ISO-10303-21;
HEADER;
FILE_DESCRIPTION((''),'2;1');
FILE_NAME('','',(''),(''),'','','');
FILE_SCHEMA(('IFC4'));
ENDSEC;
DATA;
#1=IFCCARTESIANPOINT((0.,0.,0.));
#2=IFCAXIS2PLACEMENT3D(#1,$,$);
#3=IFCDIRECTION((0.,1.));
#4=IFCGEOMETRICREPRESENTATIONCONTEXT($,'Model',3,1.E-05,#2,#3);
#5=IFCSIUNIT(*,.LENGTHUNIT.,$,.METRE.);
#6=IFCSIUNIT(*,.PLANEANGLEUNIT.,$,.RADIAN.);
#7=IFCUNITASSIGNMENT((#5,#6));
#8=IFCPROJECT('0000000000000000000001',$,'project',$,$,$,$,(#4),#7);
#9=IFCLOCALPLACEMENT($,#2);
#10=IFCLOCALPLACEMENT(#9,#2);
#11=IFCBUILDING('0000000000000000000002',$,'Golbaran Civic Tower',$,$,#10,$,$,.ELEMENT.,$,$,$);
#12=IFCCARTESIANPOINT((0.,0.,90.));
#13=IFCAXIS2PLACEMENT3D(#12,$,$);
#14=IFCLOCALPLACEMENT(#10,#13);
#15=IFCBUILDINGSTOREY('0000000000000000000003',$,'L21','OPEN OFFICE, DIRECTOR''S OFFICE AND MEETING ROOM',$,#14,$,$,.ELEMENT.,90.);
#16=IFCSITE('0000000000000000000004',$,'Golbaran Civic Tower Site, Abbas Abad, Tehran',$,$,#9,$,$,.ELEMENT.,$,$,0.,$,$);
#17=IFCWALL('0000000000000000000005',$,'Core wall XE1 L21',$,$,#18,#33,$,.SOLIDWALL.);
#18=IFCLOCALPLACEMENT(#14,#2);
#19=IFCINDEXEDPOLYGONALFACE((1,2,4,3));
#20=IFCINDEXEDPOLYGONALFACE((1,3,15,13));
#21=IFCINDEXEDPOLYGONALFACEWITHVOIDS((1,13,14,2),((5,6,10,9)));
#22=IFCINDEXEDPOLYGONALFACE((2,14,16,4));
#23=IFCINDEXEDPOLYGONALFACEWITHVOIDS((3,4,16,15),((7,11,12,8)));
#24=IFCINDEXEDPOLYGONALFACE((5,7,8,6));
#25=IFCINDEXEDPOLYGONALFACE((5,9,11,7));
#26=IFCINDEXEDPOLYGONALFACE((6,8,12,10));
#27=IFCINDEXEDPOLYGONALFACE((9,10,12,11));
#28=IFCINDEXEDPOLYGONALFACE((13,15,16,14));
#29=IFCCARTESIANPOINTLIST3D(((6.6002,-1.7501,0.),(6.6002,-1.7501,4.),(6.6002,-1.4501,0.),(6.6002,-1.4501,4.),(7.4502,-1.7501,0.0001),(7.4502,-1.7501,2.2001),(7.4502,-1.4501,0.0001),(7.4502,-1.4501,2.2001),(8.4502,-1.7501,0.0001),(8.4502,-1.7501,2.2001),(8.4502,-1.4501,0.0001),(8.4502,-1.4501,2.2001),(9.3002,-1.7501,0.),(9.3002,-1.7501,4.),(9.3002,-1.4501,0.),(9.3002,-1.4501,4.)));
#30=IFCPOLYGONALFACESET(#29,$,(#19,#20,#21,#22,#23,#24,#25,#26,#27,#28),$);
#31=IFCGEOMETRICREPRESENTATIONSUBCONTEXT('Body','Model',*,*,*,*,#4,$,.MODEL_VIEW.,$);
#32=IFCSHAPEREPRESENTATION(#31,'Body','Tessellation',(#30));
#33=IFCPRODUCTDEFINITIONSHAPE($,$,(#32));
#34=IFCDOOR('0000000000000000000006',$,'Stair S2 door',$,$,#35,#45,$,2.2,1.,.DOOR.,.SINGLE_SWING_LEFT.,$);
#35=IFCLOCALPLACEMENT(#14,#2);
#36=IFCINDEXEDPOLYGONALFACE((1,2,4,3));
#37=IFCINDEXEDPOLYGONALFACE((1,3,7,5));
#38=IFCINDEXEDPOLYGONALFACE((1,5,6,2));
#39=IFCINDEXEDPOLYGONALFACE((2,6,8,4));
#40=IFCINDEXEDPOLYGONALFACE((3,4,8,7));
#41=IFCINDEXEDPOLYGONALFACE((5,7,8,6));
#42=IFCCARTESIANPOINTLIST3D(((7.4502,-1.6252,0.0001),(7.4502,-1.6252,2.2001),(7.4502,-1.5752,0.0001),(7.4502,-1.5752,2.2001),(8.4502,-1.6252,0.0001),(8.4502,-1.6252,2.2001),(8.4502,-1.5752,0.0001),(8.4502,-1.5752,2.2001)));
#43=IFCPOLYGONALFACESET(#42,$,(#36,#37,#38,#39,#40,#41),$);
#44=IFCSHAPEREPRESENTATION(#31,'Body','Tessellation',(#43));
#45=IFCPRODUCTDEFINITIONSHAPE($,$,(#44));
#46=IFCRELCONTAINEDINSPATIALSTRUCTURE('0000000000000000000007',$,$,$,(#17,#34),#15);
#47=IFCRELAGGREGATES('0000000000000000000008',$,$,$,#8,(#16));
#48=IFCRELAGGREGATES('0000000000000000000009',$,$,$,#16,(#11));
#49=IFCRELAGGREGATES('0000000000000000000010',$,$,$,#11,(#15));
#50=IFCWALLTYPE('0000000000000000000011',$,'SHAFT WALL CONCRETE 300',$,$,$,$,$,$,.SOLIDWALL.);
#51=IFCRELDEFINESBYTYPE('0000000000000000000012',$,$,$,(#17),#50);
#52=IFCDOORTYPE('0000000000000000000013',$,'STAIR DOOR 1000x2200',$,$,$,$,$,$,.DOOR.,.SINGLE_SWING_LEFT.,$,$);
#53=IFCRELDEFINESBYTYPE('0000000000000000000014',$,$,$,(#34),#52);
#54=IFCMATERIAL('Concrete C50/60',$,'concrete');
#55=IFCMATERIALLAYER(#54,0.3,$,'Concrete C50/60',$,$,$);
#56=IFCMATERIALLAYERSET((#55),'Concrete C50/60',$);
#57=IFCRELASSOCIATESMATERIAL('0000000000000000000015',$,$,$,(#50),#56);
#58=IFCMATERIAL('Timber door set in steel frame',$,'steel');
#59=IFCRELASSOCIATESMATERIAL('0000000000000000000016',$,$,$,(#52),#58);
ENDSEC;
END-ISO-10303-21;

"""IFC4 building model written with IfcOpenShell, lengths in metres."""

from ifc_helpers import new_model, si_unit, direction, frame, frame_2d, origin, place, context, subcontext, project, spatial, rectangle, extrude, material, layer, layer_set, type_object, element, fill, save


model = new_model("IFC4")

# Units and contexts
model_context = context("Model", 3, precision=1e-05, world=origin(), true_north=direction((0.0, 1.0)))
body_context = subcontext(model_context, "Body", "Model", "MODEL_VIEW")
ifc_project = project(units=[si_unit("LENGTHUNIT", "METRE"), si_unit("PLANEANGLEUNIT", "RADIAN")], contexts=[model_context])

# Site, building, storey
site_placement = place(None, origin())
site = spatial("IfcSite", under=ifc_project, at=site_placement, Name="Golbaran Civic Tower Site, Abbas Abad, Tehran", CompositionType="ELEMENT", RefElevation=0.0)
building_placement = place(site_placement, origin())
building = spatial("IfcBuilding", under=site, at=building_placement, Name="Golbaran Civic Tower", CompositionType="ELEMENT")
storey_placement = place(building_placement, frame((0.0, 0.0, 90.0)))
storey = spatial("IfcBuildingStorey", under=building, at=storey_placement, Name="L21", Description="OPEN OFFICE, DIRECTOR'S OFFICE AND MEETING ROOM", CompositionType="ELEMENT", Elevation=90.0)

# Shared definitions
ifc_material_1 = material(Name="Concrete C50/60", Category="concrete")
ifc_layer_1 = layer(ifc_material_1, 0.3, Name="Concrete C50/60")
ifc_layer_set_1 = layer_set([ifc_layer_1], Name="Concrete C50/60")
wall_type = type_object("IfcWallType", Name="SHAFT WALL CONCRETE 300", PredefinedType="SOLIDWALL", material=ifc_layer_set_1)

# Shared definitions
ifc_material_2 = material(Name="Timber door set in steel frame", Category="steel")
door_type_1 = type_object("IfcDoorType", Name="STAIR DOOR 1000x2200", OperationType="SINGLE_SWING_LEFT", PredefinedType="DOOR", material=ifc_material_2)

# Wall, opening, door
wall_1_placement = place(storey_placement, frame((6.6001, -1.6001, 0.0), z_axis=(0.0, 0.0, 1.0), x_axis=(1.0, 0.0, 0.0)))
wall_1 = element("IfcWall", 1, at=wall_1_placement, inside=storey, type_object=wall_type, Name="Core wall XE1 L21", PredefinedType="SOLIDWALL", context=body_context, shape_type="SweptSolid", body=[
    extrude(rectangle(XDim=2.7, YDim=0.3, at=frame_2d((1.3501, 0.0))), origin(), (0.0, 0.0, 1.0), 4.0),
])
opening_1_placement = place(wall_1_placement, frame((0.8501, 0.0, 0.0)))
opening_1 = element("IfcOpeningElement", 2, at=opening_1_placement, cuts=wall_1, PredefinedType="OPENING", context=body_context, shape_type="SweptSolid", body=[
    extrude(rectangle(XDim=1.0, YDim=2.2, at=frame_2d((0.5, 1.1001))), frame((0.0, 0.1599, 0.0), z_axis=(0.0, -1.0, 0.0), x_axis=(1.0, 0.0, 0.0)), (0.0, 0.0, 1.0), 0.3201),
])
door_1_placement = place(opening_1_placement, origin())
door_1 = element("IfcDoor", 3, at=door_1_placement, inside=storey, type_object=door_type_1, Name="Stair S2 door", OperationType="SINGLE_SWING_LEFT", OverallHeight=2.2, OverallWidth=1.0, PredefinedType="DOOR", context=body_context, shape_type="SweptSolid", body=[
    extrude(rectangle(XDim=1.0, YDim=2.2, at=frame_2d((0.5, 1.1001))), frame((0.0, 0.0249, 0.0), z_axis=(0.0, -1.0, 0.0), x_axis=(1.0, 0.0, 0.0)), (0.0, 0.0, 1.0), 0.05),
])
fill(opening_1, door_1)

save(model, "model.ifc")
